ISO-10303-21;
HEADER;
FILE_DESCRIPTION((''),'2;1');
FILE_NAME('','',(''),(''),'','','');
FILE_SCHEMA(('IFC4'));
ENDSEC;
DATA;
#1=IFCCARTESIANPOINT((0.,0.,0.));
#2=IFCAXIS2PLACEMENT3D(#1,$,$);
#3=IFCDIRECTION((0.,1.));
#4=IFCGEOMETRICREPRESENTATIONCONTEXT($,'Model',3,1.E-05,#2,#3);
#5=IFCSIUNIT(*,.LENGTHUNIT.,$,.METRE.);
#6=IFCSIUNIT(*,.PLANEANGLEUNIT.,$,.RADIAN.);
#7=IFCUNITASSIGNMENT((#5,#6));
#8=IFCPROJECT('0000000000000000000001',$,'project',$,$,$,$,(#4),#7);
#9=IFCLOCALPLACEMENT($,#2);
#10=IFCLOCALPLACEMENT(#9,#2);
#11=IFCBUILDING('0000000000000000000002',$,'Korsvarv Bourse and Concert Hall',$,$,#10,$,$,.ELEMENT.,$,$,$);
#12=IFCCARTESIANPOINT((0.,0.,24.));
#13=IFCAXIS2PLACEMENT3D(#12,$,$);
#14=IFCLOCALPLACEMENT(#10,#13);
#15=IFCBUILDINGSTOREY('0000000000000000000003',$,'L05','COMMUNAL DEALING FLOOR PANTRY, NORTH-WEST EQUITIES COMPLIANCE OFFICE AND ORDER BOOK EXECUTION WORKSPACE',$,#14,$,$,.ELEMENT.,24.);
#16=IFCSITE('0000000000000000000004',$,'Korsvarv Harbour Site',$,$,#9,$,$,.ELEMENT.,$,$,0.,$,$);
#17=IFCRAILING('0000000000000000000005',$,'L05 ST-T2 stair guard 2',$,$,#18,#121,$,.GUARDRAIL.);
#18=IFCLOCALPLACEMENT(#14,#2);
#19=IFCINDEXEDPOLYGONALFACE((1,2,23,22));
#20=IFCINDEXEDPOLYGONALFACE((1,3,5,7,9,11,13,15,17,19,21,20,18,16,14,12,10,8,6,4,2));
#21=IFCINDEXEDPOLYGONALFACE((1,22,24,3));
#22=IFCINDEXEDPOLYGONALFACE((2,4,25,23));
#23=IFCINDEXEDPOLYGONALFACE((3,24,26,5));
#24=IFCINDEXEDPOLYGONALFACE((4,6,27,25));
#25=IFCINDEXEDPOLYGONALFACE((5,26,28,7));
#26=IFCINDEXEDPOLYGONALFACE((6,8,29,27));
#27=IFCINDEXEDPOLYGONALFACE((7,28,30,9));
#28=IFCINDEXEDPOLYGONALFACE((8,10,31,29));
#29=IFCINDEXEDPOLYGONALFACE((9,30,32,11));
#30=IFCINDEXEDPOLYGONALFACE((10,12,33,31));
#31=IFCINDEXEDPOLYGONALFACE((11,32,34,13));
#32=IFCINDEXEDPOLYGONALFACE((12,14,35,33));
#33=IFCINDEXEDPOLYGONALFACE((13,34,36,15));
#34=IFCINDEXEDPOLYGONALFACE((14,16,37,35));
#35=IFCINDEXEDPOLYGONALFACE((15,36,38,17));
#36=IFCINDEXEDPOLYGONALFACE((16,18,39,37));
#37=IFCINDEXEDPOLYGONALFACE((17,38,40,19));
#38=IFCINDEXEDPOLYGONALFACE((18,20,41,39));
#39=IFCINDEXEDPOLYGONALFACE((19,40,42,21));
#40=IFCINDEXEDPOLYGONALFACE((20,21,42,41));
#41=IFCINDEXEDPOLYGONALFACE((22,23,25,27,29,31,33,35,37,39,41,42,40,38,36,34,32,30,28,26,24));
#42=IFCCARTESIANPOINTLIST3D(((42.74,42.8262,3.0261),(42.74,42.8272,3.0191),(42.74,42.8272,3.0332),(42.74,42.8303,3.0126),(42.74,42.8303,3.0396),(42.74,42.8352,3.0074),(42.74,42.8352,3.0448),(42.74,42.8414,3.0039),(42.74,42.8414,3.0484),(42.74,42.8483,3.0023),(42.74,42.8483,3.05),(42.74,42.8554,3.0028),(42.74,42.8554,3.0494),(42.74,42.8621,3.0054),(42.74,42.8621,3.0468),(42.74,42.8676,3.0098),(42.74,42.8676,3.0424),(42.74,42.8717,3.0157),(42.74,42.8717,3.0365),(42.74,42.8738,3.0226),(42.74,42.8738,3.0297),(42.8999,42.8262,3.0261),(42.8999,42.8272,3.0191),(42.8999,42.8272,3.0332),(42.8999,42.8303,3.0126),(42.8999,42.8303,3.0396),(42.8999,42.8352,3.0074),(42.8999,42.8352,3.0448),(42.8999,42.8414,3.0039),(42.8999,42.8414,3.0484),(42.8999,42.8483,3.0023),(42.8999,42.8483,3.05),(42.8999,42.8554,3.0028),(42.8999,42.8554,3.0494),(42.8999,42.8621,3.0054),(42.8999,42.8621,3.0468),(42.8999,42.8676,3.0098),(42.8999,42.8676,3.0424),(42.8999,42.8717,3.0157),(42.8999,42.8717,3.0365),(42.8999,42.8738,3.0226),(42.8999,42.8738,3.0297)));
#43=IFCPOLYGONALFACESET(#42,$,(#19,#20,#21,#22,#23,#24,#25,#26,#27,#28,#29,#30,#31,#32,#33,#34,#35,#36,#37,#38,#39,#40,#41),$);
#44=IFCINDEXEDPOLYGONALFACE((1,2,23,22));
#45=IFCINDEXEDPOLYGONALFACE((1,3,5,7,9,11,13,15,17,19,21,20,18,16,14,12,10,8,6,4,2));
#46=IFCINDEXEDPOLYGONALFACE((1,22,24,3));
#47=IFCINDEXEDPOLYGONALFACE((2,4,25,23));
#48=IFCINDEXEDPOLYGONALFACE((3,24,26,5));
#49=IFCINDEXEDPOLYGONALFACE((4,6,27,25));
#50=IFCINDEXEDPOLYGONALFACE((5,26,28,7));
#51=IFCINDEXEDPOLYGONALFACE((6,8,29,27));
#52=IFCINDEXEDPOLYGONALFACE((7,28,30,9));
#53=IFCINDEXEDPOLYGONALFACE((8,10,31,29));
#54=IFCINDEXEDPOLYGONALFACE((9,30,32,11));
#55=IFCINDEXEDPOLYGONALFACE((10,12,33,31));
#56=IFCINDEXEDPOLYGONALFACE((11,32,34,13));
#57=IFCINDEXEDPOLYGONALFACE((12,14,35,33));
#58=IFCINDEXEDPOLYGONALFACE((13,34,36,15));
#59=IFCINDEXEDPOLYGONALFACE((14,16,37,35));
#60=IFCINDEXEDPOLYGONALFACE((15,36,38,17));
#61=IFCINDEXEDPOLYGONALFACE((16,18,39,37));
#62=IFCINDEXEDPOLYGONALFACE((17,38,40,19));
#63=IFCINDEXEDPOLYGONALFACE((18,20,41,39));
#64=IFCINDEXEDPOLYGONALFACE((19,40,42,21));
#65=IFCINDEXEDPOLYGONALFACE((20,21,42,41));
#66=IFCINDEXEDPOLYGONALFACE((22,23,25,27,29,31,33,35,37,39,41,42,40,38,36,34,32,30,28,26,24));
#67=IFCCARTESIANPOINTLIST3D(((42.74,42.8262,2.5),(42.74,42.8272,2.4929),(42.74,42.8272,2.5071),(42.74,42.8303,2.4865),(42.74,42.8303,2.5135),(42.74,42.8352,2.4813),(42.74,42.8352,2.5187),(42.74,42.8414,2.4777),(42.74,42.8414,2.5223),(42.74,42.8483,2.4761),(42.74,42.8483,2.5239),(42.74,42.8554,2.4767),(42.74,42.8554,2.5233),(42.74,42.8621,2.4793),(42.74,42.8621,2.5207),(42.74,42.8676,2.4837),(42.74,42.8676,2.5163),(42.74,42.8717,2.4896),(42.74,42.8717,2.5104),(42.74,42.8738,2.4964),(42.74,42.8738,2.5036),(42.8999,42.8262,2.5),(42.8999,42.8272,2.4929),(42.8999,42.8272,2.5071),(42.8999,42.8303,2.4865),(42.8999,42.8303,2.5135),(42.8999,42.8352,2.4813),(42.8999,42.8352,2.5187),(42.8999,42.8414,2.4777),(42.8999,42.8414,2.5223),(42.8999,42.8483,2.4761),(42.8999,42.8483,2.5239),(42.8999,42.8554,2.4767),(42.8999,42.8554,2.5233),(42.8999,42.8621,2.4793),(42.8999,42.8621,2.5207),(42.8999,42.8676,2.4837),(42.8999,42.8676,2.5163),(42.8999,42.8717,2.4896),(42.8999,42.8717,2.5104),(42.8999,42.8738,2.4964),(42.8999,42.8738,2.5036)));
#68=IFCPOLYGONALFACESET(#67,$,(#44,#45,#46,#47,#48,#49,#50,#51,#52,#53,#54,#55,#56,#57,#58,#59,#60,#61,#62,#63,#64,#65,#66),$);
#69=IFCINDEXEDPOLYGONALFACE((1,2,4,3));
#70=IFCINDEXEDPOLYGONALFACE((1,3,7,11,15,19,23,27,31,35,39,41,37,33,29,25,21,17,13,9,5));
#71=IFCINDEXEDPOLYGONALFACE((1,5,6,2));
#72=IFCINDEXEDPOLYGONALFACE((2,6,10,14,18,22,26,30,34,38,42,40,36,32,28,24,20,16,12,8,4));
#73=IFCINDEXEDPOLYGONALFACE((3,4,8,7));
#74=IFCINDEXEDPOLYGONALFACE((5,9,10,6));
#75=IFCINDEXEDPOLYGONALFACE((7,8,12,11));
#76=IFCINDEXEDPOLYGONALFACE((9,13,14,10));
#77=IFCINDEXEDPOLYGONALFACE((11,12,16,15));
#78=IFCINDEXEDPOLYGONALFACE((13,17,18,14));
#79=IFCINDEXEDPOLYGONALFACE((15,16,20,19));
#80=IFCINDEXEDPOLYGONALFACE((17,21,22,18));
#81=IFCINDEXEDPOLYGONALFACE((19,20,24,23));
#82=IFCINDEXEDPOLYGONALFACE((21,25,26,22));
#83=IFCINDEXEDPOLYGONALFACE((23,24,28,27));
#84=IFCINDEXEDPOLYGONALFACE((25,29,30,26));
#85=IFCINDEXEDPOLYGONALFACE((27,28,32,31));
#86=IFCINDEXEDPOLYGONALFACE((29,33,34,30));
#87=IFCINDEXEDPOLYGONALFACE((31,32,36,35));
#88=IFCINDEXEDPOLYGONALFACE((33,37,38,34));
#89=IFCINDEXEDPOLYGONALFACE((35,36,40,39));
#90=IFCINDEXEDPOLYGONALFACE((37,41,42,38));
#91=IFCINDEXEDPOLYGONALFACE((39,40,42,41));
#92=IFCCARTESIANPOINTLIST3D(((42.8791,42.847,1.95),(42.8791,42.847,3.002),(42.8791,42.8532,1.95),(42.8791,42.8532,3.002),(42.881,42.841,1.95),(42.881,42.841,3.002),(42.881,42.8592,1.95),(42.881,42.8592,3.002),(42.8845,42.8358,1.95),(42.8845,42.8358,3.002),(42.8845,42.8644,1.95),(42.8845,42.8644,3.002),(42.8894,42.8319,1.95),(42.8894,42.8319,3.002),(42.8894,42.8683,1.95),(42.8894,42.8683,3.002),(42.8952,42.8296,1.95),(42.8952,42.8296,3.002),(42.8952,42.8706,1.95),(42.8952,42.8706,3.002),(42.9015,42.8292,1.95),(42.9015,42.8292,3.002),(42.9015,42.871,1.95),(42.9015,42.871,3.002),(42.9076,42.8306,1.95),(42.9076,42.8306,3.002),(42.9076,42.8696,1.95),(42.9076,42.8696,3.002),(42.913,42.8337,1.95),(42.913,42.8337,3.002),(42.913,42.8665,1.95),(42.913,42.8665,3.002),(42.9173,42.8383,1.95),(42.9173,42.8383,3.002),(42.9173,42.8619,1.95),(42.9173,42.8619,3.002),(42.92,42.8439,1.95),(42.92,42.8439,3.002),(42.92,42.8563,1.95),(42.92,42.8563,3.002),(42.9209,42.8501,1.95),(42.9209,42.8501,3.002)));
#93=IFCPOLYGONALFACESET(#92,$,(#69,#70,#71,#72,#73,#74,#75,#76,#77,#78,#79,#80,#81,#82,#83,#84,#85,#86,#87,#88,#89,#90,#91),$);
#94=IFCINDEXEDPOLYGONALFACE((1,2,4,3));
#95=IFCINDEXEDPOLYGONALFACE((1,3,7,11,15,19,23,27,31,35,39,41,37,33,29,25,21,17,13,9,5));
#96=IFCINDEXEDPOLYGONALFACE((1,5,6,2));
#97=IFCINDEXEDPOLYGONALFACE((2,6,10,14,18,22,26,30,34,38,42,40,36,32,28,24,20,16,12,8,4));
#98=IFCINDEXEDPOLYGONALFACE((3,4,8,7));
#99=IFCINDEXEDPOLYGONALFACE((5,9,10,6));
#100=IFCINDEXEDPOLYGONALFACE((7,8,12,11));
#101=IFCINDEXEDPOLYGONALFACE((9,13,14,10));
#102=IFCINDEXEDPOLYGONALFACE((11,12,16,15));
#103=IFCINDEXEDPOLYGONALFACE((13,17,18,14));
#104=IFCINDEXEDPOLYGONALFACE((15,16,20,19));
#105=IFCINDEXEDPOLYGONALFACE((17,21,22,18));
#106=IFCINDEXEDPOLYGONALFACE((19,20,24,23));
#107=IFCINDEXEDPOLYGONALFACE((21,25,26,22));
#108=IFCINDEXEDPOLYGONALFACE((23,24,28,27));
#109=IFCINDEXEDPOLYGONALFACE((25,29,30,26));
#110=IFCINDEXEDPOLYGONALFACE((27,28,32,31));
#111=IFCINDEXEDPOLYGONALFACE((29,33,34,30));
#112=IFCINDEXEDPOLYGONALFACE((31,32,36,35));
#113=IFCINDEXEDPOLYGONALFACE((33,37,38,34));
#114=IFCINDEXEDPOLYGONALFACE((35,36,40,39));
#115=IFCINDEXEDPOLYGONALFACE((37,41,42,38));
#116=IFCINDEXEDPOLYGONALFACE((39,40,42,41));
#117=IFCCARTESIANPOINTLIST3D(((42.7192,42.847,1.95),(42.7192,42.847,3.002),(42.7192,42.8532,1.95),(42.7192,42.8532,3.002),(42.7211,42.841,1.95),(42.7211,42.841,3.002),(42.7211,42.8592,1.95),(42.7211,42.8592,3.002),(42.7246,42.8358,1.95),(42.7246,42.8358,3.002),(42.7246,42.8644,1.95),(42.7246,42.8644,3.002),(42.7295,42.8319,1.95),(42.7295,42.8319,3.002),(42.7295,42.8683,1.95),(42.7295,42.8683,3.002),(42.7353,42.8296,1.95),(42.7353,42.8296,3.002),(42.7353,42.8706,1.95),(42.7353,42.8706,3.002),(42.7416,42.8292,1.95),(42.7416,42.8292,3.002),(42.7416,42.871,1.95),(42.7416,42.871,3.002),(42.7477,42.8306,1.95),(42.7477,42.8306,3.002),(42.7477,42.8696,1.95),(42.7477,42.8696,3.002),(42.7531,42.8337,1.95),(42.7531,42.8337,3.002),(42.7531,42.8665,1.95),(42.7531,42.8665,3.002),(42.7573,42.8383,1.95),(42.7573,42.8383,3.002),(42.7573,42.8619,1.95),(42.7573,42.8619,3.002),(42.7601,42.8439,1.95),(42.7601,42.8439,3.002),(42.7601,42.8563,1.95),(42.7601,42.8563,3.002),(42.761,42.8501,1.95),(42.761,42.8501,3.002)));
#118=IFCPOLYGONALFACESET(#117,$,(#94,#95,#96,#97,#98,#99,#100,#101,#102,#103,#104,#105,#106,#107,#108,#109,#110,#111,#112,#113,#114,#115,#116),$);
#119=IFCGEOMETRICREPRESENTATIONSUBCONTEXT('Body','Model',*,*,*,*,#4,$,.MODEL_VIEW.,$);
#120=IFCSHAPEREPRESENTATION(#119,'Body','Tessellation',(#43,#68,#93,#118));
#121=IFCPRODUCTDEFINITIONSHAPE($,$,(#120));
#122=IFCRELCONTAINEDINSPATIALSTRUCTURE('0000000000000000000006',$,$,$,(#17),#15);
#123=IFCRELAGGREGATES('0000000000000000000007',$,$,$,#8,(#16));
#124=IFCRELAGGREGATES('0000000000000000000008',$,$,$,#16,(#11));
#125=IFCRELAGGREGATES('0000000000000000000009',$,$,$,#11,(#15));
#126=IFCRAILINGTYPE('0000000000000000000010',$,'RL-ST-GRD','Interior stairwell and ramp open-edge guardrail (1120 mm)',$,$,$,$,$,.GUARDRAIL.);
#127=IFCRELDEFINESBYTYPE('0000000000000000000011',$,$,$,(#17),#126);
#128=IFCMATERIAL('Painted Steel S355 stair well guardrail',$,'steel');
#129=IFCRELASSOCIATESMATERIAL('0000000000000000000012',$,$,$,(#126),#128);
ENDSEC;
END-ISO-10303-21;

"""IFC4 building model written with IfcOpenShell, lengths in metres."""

from ifc_helpers import new_model, si_unit, direction, frame, origin, origin_2d, place, context, subcontext, project, spatial, circle, extrude, material, type_object, element, save


model = new_model("IFC4")

# Units and contexts
model_context = context("Model", 3, precision=1e-05, world=origin(), true_north=direction((0.0, 1.0)))
body_context = subcontext(model_context, "Body", "Model", "MODEL_VIEW")
ifc_project = project(units=[si_unit("LENGTHUNIT", "METRE"), si_unit("PLANEANGLEUNIT", "RADIAN")], contexts=[model_context])

# Site, building, storey
site_placement = place(None, origin())
site = spatial("IfcSite", under=ifc_project, at=site_placement, Name="Korsvarv Harbour Site", CompositionType="ELEMENT", RefElevation=0.0)
building_placement = place(site_placement, origin())
building = spatial("IfcBuilding", under=site, at=building_placement, Name="Korsvarv Bourse and Concert Hall", CompositionType="ELEMENT")
storey_placement = place(building_placement, frame((0.0, 0.0, 24.0)))
storey = spatial("IfcBuildingStorey", under=building, at=storey_placement, Name="L05", Description="COMMUNAL DEALING FLOOR PANTRY, NORTH-WEST EQUITIES COMPLIANCE OFFICE AND ORDER BOOK EXECUTION WORKSPACE", CompositionType="ELEMENT", Elevation=24.0)

# Railing
ifc_material_1 = material(Name="Painted Steel S355 stair well guardrail", Category="steel")
railing_type_1 = type_object("IfcRailingType", Name="RL-ST-GRD", Description="Interior stairwell and ramp open-edge guardrail (1120 mm)", PredefinedType="GUARDRAIL", material=ifc_material_1)
railing_1_placement = place(storey_placement, frame((42.8999, 42.8501, 1.95)))
element("IfcRailing", 1, at=railing_1_placement, inside=storey, type_object=railing_type_1, Name="L05 ST-T2 stair guard 2", PredefinedType="GUARDRAIL", context=body_context, shape_type="SweptSolid", body=[
    extrude(circle(Radius=0.0239, at=origin_2d()), frame((0.0, 0.0, 1.0762), z_axis=(-1.0, 0.0, 0.0), x_axis=(0.0, -1.0, 0.0)), (0.0, 0.0, 1.0), 0.1599),
    extrude(circle(Radius=0.0239, at=origin_2d()), frame((0.0, 0.0, 0.55), z_axis=(-1.0, 0.0, 0.0), x_axis=(0.0, -1.0, 0.0)), (0.0, 0.0, 1.0), 0.1599),
    extrude(circle(Radius=0.021, at=origin_2d()), origin(), (0.0, 0.0, 1.0), 1.052),
    extrude(circle(Radius=0.021, at=origin_2d()), frame((-0.1599, 0.0, 0.0)), (0.0, 0.0, 1.0), 1.052),
])

save(model, "model.ifc")
